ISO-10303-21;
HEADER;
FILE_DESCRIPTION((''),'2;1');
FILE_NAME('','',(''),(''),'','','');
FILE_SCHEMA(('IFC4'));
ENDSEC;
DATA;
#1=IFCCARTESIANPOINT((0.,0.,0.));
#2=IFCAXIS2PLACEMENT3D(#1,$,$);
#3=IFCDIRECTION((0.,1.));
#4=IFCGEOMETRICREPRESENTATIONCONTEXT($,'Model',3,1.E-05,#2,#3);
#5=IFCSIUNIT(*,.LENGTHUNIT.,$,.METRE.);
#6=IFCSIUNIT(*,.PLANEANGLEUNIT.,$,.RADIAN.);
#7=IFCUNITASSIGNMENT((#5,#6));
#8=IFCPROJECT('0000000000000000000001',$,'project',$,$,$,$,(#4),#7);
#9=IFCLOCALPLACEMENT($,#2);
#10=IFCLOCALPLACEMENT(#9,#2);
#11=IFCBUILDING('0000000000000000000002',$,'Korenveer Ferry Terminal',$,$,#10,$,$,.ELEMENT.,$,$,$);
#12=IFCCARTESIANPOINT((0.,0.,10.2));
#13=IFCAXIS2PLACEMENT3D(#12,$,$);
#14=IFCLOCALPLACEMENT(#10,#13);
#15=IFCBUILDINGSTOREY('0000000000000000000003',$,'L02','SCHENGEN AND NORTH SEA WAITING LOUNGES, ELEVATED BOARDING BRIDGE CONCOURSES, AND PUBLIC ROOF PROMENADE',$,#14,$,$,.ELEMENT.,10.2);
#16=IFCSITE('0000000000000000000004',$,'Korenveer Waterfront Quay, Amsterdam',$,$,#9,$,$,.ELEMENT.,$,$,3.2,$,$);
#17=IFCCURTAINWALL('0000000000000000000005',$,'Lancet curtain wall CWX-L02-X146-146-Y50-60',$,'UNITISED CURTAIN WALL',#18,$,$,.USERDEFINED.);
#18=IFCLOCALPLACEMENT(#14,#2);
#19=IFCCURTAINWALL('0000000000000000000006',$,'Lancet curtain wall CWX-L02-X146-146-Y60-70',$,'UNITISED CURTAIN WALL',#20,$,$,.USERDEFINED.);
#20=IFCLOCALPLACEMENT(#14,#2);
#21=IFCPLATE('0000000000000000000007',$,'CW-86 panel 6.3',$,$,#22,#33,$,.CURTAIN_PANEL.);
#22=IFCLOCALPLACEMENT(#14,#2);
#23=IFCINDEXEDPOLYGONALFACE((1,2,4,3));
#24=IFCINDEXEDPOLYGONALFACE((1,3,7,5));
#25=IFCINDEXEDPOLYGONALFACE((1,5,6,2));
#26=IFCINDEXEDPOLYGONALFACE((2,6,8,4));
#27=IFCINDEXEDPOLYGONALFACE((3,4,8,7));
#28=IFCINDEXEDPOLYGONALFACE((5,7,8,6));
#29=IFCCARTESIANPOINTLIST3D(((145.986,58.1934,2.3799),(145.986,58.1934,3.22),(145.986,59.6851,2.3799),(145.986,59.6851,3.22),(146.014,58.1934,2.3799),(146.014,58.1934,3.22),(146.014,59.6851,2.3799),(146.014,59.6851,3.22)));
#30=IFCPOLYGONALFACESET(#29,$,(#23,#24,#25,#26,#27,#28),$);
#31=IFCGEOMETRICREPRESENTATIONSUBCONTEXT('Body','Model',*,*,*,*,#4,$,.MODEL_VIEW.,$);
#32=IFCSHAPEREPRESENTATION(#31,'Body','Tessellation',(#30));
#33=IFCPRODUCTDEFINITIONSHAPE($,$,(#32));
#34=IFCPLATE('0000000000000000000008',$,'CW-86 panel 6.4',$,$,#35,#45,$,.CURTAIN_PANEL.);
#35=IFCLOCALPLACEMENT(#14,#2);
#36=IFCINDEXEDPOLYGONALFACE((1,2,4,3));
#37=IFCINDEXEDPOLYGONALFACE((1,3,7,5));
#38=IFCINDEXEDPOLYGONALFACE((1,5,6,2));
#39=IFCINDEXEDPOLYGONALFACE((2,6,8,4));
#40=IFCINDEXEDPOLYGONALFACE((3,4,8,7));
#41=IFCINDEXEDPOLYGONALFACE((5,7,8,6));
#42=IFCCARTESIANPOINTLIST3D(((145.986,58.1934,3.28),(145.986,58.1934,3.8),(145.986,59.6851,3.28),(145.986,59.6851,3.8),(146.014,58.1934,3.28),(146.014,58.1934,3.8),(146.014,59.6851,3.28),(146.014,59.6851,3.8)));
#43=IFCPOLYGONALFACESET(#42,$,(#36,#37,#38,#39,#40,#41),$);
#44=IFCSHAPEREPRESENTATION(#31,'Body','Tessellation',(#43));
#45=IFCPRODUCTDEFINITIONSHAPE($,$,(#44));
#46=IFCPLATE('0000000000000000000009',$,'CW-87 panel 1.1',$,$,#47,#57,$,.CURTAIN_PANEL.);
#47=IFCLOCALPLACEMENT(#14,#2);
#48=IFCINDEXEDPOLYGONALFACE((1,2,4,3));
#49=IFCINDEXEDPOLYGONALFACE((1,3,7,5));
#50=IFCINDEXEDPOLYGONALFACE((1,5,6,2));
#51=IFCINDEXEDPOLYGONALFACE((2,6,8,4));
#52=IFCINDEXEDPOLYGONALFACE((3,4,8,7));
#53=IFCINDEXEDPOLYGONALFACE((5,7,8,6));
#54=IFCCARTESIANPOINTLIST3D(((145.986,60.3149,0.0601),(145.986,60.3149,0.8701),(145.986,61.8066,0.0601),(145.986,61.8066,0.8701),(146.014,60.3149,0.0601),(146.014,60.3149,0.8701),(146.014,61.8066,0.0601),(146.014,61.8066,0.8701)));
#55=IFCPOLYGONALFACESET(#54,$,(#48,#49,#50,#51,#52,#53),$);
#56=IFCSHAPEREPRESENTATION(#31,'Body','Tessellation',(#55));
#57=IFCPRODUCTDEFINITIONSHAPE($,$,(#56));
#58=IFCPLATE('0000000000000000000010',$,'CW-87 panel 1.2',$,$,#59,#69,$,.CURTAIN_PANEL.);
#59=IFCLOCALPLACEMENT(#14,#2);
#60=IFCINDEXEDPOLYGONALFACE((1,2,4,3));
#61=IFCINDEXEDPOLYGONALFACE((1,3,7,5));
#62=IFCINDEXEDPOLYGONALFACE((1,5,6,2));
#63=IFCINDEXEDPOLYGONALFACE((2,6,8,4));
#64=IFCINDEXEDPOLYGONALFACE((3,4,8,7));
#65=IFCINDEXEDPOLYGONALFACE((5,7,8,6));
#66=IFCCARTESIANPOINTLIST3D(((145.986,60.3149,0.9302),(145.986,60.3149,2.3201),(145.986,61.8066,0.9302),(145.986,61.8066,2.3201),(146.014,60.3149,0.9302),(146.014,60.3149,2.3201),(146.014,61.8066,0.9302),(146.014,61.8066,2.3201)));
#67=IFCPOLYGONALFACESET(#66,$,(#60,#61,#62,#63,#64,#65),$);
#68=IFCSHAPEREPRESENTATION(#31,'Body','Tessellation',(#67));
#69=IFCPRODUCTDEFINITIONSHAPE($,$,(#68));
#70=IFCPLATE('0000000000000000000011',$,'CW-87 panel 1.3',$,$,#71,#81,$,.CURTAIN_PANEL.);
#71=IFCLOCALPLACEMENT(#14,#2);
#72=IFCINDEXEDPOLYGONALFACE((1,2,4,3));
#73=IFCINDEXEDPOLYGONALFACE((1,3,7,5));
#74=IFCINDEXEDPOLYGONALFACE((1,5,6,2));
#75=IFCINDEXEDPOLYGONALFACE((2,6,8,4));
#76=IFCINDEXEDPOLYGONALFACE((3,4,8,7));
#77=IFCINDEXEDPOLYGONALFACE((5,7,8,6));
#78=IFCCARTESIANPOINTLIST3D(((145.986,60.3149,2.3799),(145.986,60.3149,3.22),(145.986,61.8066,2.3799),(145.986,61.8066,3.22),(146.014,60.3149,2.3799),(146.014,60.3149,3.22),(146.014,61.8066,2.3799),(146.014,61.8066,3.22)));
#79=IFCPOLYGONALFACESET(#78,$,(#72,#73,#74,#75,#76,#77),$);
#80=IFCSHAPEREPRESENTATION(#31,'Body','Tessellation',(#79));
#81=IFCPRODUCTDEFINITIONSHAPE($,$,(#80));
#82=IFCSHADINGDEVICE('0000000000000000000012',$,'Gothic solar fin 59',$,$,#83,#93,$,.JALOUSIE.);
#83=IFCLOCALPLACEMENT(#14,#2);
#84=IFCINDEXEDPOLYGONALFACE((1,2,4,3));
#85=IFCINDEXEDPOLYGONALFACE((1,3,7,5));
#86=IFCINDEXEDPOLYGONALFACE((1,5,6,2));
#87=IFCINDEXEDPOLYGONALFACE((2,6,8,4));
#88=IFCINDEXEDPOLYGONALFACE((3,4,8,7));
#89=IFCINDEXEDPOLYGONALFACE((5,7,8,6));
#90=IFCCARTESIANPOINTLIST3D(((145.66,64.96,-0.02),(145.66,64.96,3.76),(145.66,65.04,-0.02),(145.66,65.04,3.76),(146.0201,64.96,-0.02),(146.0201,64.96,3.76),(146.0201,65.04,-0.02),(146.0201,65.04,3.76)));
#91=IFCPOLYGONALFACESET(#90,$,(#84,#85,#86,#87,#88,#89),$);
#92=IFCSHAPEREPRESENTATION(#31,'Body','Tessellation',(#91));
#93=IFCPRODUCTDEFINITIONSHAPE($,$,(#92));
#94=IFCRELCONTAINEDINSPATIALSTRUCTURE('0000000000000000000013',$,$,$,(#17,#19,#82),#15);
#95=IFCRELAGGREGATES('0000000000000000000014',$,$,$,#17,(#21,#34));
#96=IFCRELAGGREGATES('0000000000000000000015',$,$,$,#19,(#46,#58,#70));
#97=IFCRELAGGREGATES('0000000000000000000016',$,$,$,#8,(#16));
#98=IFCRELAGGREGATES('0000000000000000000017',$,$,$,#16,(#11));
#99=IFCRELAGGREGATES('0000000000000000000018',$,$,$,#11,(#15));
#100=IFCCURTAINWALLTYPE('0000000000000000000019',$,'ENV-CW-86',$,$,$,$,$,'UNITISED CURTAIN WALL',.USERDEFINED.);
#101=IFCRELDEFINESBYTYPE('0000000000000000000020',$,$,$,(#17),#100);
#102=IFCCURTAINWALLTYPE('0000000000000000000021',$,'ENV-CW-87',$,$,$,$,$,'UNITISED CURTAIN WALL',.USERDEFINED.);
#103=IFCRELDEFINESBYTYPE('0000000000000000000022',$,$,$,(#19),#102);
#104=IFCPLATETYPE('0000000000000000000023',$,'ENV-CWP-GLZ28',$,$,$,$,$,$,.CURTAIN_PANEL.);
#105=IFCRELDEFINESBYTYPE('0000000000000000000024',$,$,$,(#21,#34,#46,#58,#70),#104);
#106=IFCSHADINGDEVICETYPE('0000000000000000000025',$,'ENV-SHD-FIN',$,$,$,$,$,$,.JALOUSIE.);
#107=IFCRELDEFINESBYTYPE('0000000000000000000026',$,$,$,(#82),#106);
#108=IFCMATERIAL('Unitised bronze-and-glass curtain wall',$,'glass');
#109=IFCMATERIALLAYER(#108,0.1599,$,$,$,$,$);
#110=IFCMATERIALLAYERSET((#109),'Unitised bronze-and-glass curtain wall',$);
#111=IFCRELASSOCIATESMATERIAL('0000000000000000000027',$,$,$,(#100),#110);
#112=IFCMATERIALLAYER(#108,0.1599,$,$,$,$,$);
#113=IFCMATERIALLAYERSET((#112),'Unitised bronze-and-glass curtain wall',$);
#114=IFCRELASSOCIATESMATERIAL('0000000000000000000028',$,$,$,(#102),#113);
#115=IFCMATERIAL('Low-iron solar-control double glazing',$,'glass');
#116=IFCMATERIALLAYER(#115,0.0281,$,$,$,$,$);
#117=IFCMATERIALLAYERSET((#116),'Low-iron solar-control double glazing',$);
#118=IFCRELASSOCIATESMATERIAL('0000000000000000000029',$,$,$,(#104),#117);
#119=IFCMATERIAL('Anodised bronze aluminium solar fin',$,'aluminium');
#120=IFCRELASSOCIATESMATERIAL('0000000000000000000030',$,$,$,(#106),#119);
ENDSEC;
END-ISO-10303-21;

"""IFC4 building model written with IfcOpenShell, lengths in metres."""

from ifc_helpers import new_model, si_unit, direction, frame, origin, origin_2d, place, context, subcontext, project, spatial, rectangle, extrude, material, layer, layer_set, type_object, element, aggregate, save


model = new_model("IFC4")

# Units and contexts
model_context = context("Model", 3, precision=1e-05, world=origin(), true_north=direction((0.0, 1.0)))
body_context = subcontext(model_context, "Body", "Model", "MODEL_VIEW")
ifc_project = project(units=[si_unit("LENGTHUNIT", "METRE"), si_unit("PLANEANGLEUNIT", "RADIAN")], contexts=[model_context])

# Site, building, storey
site_placement = place(None, origin())
site = spatial("IfcSite", under=ifc_project, at=site_placement, Name="Korenveer Waterfront Quay, Amsterdam", CompositionType="ELEMENT", RefElevation=3.2)
building_placement = place(site_placement, origin())
building = spatial("IfcBuilding", under=site, at=building_placement, Name="Korenveer Ferry Terminal", CompositionType="ELEMENT")
storey_placement = place(building_placement, frame((0.0, 0.0, 10.2)))
storey = spatial("IfcBuildingStorey", under=building, at=storey_placement, Name="L02", Description="SCHENGEN AND NORTH SEA WAITING LOUNGES, ELEVATED BOARDING BRIDGE CONCOURSES, AND PUBLIC ROOF PROMENADE", CompositionType="ELEMENT", Elevation=10.2)

# Curtain wall
ifc_material_1 = material(Name="Unitised bronze-and-glass curtain wall", Category="glass")
ifc_layer_1 = layer(ifc_material_1, 0.1599)
ifc_layer_set_1 = layer_set([ifc_layer_1], Name="Unitised bronze-and-glass curtain wall")
curtain_wall_type_1 = type_object("IfcCurtainWallType", Name="ENV-CW-86", ElementType="UNITISED CURTAIN WALL", PredefinedType="USERDEFINED", material=ifc_layer_set_1)
curtain_wall_1_placement = place(storey_placement, frame((146.0, 50.2549, 0.0)))
curtain_wall_1 = element("IfcCurtainWall", 1, at=curtain_wall_1_placement, inside=storey, type_object=curtain_wall_type_1, Name="Lancet curtain wall CWX-L02-X146-146-Y50-60", ObjectType="UNITISED CURTAIN WALL", PredefinedType="USERDEFINED")

# Curtain wall
ifc_layer_2 = layer(ifc_material_1, 0.1599)
ifc_layer_set_2 = layer_set([ifc_layer_2], Name="Unitised bronze-and-glass curtain wall")
curtain_wall_type_2 = type_object("IfcCurtainWallType", Name="ENV-CW-87", ElementType="UNITISED CURTAIN WALL", PredefinedType="USERDEFINED", material=ifc_layer_set_2)
curtain_wall_2_placement = place(storey_placement, frame((146.0, 60.2549, 0.0)))
curtain_wall_2 = element("IfcCurtainWall", 2, at=curtain_wall_2_placement, inside=storey, type_object=curtain_wall_type_2, Name="Lancet curtain wall CWX-L02-X146-146-Y60-70", ObjectType="UNITISED CURTAIN WALL", PredefinedType="USERDEFINED")

# Plates
ifc_material_2 = material(Name="Low-iron solar-control double glazing", Category="glass")
ifc_layer_3 = layer(ifc_material_2, 0.0281)
ifc_layer_set_3 = layer_set([ifc_layer_3], Name="Low-iron solar-control double glazing")
plate_type = type_object("IfcPlateType", Name="ENV-CWP-GLZ28", PredefinedType="CURTAIN_PANEL", material=ifc_layer_set_3)
plate_1_placement = place(storey_placement, frame((146.0, 58.9392, 2.3799), z_axis=(0.0, 0.0, 1.0), x_axis=(0.0, 1.0, 0.0)))
plate_1 = element("IfcPlate", 3, at=plate_1_placement, type_object=plate_type, Name="CW-86 panel 6.3", PredefinedType="CURTAIN_PANEL", context=body_context, shape_type="SweptSolid", body=[
    extrude(rectangle(XDim=1.4917, YDim=0.0281, at=origin_2d()), origin(), (0.0, 0.0, 1.0), 0.8401),
])
plate_2_placement = place(storey_placement, frame((146.0, 58.9392, 3.28), z_axis=(0.0, 0.0, 1.0), x_axis=(0.0, 1.0, 0.0)))
plate_2 = element("IfcPlate", 4, at=plate_2_placement, type_object=plate_type, Name="CW-86 panel 6.4", PredefinedType="CURTAIN_PANEL", context=body_context, shape_type="SweptSolid", body=[
    extrude(rectangle(XDim=1.4917, YDim=0.0281, at=origin_2d()), origin(), (0.0, 0.0, 1.0), 0.52),
])
aggregate(curtain_wall_1, [plate_1, plate_2])
plate_3_placement = place(storey_placement, frame((146.0, 61.0608, 0.0601), z_axis=(0.0, 0.0, 1.0), x_axis=(0.0, 1.0, 0.0)))
plate_3 = element("IfcPlate", 5, at=plate_3_placement, type_object=plate_type, Name="CW-87 panel 1.1", PredefinedType="CURTAIN_PANEL", context=body_context, shape_type="SweptSolid", body=[
    extrude(rectangle(XDim=1.4917, YDim=0.0281, at=origin_2d()), origin(), (0.0, 0.0, 1.0), 0.8101),
])
plate_4_placement = place(storey_placement, frame((146.0, 61.0608, 0.9302), z_axis=(0.0, 0.0, 1.0), x_axis=(0.0, 1.0, 0.0)))
plate_4 = element("IfcPlate", 6, at=plate_4_placement, type_object=plate_type, Name="CW-87 panel 1.2", PredefinedType="CURTAIN_PANEL", context=body_context, shape_type="SweptSolid", body=[
    extrude(rectangle(XDim=1.4917, YDim=0.0281, at=origin_2d()), origin(), (0.0, 0.0, 1.0), 1.3899),
])
plate_5_placement = place(storey_placement, frame((146.0, 61.0608, 2.3799), z_axis=(0.0, 0.0, 1.0), x_axis=(0.0, 1.0, 0.0)))
plate_5 = element("IfcPlate", 7, at=plate_5_placement, type_object=plate_type, Name="CW-87 panel 1.3", PredefinedType="CURTAIN_PANEL", context=body_context, shape_type="SweptSolid", body=[
    extrude(rectangle(XDim=1.4917, YDim=0.0281, at=origin_2d()), origin(), (0.0, 0.0, 1.0), 0.8401),
])
aggregate(curtain_wall_2, [plate_3, plate_4, plate_5])

# Shading device
ifc_material_3 = material(Name="Anodised bronze aluminium solar fin", Category="aluminium")
shading_device_type = type_object("IfcShadingDeviceType", Name="ENV-SHD-FIN", PredefinedType="JALOUSIE", material=ifc_material_3)
shading_device_placement = place(storey_placement, frame((145.8401, 65.0, -0.02), z_axis=(0.0, 0.0, 1.0), x_axis=(1.0, 0.0, 0.0)))
element("IfcShadingDevice", 8, at=shading_device_placement, inside=storey, type_object=shading_device_type, Name="Gothic solar fin 59", PredefinedType="JALOUSIE", context=body_context, shape_type="SweptSolid", body=[
    extrude(rectangle(XDim=0.3601, YDim=0.0801, at=origin_2d()), origin(), (0.0, 0.0, 1.0), 3.78),
])

save(model, "model.ifc")
